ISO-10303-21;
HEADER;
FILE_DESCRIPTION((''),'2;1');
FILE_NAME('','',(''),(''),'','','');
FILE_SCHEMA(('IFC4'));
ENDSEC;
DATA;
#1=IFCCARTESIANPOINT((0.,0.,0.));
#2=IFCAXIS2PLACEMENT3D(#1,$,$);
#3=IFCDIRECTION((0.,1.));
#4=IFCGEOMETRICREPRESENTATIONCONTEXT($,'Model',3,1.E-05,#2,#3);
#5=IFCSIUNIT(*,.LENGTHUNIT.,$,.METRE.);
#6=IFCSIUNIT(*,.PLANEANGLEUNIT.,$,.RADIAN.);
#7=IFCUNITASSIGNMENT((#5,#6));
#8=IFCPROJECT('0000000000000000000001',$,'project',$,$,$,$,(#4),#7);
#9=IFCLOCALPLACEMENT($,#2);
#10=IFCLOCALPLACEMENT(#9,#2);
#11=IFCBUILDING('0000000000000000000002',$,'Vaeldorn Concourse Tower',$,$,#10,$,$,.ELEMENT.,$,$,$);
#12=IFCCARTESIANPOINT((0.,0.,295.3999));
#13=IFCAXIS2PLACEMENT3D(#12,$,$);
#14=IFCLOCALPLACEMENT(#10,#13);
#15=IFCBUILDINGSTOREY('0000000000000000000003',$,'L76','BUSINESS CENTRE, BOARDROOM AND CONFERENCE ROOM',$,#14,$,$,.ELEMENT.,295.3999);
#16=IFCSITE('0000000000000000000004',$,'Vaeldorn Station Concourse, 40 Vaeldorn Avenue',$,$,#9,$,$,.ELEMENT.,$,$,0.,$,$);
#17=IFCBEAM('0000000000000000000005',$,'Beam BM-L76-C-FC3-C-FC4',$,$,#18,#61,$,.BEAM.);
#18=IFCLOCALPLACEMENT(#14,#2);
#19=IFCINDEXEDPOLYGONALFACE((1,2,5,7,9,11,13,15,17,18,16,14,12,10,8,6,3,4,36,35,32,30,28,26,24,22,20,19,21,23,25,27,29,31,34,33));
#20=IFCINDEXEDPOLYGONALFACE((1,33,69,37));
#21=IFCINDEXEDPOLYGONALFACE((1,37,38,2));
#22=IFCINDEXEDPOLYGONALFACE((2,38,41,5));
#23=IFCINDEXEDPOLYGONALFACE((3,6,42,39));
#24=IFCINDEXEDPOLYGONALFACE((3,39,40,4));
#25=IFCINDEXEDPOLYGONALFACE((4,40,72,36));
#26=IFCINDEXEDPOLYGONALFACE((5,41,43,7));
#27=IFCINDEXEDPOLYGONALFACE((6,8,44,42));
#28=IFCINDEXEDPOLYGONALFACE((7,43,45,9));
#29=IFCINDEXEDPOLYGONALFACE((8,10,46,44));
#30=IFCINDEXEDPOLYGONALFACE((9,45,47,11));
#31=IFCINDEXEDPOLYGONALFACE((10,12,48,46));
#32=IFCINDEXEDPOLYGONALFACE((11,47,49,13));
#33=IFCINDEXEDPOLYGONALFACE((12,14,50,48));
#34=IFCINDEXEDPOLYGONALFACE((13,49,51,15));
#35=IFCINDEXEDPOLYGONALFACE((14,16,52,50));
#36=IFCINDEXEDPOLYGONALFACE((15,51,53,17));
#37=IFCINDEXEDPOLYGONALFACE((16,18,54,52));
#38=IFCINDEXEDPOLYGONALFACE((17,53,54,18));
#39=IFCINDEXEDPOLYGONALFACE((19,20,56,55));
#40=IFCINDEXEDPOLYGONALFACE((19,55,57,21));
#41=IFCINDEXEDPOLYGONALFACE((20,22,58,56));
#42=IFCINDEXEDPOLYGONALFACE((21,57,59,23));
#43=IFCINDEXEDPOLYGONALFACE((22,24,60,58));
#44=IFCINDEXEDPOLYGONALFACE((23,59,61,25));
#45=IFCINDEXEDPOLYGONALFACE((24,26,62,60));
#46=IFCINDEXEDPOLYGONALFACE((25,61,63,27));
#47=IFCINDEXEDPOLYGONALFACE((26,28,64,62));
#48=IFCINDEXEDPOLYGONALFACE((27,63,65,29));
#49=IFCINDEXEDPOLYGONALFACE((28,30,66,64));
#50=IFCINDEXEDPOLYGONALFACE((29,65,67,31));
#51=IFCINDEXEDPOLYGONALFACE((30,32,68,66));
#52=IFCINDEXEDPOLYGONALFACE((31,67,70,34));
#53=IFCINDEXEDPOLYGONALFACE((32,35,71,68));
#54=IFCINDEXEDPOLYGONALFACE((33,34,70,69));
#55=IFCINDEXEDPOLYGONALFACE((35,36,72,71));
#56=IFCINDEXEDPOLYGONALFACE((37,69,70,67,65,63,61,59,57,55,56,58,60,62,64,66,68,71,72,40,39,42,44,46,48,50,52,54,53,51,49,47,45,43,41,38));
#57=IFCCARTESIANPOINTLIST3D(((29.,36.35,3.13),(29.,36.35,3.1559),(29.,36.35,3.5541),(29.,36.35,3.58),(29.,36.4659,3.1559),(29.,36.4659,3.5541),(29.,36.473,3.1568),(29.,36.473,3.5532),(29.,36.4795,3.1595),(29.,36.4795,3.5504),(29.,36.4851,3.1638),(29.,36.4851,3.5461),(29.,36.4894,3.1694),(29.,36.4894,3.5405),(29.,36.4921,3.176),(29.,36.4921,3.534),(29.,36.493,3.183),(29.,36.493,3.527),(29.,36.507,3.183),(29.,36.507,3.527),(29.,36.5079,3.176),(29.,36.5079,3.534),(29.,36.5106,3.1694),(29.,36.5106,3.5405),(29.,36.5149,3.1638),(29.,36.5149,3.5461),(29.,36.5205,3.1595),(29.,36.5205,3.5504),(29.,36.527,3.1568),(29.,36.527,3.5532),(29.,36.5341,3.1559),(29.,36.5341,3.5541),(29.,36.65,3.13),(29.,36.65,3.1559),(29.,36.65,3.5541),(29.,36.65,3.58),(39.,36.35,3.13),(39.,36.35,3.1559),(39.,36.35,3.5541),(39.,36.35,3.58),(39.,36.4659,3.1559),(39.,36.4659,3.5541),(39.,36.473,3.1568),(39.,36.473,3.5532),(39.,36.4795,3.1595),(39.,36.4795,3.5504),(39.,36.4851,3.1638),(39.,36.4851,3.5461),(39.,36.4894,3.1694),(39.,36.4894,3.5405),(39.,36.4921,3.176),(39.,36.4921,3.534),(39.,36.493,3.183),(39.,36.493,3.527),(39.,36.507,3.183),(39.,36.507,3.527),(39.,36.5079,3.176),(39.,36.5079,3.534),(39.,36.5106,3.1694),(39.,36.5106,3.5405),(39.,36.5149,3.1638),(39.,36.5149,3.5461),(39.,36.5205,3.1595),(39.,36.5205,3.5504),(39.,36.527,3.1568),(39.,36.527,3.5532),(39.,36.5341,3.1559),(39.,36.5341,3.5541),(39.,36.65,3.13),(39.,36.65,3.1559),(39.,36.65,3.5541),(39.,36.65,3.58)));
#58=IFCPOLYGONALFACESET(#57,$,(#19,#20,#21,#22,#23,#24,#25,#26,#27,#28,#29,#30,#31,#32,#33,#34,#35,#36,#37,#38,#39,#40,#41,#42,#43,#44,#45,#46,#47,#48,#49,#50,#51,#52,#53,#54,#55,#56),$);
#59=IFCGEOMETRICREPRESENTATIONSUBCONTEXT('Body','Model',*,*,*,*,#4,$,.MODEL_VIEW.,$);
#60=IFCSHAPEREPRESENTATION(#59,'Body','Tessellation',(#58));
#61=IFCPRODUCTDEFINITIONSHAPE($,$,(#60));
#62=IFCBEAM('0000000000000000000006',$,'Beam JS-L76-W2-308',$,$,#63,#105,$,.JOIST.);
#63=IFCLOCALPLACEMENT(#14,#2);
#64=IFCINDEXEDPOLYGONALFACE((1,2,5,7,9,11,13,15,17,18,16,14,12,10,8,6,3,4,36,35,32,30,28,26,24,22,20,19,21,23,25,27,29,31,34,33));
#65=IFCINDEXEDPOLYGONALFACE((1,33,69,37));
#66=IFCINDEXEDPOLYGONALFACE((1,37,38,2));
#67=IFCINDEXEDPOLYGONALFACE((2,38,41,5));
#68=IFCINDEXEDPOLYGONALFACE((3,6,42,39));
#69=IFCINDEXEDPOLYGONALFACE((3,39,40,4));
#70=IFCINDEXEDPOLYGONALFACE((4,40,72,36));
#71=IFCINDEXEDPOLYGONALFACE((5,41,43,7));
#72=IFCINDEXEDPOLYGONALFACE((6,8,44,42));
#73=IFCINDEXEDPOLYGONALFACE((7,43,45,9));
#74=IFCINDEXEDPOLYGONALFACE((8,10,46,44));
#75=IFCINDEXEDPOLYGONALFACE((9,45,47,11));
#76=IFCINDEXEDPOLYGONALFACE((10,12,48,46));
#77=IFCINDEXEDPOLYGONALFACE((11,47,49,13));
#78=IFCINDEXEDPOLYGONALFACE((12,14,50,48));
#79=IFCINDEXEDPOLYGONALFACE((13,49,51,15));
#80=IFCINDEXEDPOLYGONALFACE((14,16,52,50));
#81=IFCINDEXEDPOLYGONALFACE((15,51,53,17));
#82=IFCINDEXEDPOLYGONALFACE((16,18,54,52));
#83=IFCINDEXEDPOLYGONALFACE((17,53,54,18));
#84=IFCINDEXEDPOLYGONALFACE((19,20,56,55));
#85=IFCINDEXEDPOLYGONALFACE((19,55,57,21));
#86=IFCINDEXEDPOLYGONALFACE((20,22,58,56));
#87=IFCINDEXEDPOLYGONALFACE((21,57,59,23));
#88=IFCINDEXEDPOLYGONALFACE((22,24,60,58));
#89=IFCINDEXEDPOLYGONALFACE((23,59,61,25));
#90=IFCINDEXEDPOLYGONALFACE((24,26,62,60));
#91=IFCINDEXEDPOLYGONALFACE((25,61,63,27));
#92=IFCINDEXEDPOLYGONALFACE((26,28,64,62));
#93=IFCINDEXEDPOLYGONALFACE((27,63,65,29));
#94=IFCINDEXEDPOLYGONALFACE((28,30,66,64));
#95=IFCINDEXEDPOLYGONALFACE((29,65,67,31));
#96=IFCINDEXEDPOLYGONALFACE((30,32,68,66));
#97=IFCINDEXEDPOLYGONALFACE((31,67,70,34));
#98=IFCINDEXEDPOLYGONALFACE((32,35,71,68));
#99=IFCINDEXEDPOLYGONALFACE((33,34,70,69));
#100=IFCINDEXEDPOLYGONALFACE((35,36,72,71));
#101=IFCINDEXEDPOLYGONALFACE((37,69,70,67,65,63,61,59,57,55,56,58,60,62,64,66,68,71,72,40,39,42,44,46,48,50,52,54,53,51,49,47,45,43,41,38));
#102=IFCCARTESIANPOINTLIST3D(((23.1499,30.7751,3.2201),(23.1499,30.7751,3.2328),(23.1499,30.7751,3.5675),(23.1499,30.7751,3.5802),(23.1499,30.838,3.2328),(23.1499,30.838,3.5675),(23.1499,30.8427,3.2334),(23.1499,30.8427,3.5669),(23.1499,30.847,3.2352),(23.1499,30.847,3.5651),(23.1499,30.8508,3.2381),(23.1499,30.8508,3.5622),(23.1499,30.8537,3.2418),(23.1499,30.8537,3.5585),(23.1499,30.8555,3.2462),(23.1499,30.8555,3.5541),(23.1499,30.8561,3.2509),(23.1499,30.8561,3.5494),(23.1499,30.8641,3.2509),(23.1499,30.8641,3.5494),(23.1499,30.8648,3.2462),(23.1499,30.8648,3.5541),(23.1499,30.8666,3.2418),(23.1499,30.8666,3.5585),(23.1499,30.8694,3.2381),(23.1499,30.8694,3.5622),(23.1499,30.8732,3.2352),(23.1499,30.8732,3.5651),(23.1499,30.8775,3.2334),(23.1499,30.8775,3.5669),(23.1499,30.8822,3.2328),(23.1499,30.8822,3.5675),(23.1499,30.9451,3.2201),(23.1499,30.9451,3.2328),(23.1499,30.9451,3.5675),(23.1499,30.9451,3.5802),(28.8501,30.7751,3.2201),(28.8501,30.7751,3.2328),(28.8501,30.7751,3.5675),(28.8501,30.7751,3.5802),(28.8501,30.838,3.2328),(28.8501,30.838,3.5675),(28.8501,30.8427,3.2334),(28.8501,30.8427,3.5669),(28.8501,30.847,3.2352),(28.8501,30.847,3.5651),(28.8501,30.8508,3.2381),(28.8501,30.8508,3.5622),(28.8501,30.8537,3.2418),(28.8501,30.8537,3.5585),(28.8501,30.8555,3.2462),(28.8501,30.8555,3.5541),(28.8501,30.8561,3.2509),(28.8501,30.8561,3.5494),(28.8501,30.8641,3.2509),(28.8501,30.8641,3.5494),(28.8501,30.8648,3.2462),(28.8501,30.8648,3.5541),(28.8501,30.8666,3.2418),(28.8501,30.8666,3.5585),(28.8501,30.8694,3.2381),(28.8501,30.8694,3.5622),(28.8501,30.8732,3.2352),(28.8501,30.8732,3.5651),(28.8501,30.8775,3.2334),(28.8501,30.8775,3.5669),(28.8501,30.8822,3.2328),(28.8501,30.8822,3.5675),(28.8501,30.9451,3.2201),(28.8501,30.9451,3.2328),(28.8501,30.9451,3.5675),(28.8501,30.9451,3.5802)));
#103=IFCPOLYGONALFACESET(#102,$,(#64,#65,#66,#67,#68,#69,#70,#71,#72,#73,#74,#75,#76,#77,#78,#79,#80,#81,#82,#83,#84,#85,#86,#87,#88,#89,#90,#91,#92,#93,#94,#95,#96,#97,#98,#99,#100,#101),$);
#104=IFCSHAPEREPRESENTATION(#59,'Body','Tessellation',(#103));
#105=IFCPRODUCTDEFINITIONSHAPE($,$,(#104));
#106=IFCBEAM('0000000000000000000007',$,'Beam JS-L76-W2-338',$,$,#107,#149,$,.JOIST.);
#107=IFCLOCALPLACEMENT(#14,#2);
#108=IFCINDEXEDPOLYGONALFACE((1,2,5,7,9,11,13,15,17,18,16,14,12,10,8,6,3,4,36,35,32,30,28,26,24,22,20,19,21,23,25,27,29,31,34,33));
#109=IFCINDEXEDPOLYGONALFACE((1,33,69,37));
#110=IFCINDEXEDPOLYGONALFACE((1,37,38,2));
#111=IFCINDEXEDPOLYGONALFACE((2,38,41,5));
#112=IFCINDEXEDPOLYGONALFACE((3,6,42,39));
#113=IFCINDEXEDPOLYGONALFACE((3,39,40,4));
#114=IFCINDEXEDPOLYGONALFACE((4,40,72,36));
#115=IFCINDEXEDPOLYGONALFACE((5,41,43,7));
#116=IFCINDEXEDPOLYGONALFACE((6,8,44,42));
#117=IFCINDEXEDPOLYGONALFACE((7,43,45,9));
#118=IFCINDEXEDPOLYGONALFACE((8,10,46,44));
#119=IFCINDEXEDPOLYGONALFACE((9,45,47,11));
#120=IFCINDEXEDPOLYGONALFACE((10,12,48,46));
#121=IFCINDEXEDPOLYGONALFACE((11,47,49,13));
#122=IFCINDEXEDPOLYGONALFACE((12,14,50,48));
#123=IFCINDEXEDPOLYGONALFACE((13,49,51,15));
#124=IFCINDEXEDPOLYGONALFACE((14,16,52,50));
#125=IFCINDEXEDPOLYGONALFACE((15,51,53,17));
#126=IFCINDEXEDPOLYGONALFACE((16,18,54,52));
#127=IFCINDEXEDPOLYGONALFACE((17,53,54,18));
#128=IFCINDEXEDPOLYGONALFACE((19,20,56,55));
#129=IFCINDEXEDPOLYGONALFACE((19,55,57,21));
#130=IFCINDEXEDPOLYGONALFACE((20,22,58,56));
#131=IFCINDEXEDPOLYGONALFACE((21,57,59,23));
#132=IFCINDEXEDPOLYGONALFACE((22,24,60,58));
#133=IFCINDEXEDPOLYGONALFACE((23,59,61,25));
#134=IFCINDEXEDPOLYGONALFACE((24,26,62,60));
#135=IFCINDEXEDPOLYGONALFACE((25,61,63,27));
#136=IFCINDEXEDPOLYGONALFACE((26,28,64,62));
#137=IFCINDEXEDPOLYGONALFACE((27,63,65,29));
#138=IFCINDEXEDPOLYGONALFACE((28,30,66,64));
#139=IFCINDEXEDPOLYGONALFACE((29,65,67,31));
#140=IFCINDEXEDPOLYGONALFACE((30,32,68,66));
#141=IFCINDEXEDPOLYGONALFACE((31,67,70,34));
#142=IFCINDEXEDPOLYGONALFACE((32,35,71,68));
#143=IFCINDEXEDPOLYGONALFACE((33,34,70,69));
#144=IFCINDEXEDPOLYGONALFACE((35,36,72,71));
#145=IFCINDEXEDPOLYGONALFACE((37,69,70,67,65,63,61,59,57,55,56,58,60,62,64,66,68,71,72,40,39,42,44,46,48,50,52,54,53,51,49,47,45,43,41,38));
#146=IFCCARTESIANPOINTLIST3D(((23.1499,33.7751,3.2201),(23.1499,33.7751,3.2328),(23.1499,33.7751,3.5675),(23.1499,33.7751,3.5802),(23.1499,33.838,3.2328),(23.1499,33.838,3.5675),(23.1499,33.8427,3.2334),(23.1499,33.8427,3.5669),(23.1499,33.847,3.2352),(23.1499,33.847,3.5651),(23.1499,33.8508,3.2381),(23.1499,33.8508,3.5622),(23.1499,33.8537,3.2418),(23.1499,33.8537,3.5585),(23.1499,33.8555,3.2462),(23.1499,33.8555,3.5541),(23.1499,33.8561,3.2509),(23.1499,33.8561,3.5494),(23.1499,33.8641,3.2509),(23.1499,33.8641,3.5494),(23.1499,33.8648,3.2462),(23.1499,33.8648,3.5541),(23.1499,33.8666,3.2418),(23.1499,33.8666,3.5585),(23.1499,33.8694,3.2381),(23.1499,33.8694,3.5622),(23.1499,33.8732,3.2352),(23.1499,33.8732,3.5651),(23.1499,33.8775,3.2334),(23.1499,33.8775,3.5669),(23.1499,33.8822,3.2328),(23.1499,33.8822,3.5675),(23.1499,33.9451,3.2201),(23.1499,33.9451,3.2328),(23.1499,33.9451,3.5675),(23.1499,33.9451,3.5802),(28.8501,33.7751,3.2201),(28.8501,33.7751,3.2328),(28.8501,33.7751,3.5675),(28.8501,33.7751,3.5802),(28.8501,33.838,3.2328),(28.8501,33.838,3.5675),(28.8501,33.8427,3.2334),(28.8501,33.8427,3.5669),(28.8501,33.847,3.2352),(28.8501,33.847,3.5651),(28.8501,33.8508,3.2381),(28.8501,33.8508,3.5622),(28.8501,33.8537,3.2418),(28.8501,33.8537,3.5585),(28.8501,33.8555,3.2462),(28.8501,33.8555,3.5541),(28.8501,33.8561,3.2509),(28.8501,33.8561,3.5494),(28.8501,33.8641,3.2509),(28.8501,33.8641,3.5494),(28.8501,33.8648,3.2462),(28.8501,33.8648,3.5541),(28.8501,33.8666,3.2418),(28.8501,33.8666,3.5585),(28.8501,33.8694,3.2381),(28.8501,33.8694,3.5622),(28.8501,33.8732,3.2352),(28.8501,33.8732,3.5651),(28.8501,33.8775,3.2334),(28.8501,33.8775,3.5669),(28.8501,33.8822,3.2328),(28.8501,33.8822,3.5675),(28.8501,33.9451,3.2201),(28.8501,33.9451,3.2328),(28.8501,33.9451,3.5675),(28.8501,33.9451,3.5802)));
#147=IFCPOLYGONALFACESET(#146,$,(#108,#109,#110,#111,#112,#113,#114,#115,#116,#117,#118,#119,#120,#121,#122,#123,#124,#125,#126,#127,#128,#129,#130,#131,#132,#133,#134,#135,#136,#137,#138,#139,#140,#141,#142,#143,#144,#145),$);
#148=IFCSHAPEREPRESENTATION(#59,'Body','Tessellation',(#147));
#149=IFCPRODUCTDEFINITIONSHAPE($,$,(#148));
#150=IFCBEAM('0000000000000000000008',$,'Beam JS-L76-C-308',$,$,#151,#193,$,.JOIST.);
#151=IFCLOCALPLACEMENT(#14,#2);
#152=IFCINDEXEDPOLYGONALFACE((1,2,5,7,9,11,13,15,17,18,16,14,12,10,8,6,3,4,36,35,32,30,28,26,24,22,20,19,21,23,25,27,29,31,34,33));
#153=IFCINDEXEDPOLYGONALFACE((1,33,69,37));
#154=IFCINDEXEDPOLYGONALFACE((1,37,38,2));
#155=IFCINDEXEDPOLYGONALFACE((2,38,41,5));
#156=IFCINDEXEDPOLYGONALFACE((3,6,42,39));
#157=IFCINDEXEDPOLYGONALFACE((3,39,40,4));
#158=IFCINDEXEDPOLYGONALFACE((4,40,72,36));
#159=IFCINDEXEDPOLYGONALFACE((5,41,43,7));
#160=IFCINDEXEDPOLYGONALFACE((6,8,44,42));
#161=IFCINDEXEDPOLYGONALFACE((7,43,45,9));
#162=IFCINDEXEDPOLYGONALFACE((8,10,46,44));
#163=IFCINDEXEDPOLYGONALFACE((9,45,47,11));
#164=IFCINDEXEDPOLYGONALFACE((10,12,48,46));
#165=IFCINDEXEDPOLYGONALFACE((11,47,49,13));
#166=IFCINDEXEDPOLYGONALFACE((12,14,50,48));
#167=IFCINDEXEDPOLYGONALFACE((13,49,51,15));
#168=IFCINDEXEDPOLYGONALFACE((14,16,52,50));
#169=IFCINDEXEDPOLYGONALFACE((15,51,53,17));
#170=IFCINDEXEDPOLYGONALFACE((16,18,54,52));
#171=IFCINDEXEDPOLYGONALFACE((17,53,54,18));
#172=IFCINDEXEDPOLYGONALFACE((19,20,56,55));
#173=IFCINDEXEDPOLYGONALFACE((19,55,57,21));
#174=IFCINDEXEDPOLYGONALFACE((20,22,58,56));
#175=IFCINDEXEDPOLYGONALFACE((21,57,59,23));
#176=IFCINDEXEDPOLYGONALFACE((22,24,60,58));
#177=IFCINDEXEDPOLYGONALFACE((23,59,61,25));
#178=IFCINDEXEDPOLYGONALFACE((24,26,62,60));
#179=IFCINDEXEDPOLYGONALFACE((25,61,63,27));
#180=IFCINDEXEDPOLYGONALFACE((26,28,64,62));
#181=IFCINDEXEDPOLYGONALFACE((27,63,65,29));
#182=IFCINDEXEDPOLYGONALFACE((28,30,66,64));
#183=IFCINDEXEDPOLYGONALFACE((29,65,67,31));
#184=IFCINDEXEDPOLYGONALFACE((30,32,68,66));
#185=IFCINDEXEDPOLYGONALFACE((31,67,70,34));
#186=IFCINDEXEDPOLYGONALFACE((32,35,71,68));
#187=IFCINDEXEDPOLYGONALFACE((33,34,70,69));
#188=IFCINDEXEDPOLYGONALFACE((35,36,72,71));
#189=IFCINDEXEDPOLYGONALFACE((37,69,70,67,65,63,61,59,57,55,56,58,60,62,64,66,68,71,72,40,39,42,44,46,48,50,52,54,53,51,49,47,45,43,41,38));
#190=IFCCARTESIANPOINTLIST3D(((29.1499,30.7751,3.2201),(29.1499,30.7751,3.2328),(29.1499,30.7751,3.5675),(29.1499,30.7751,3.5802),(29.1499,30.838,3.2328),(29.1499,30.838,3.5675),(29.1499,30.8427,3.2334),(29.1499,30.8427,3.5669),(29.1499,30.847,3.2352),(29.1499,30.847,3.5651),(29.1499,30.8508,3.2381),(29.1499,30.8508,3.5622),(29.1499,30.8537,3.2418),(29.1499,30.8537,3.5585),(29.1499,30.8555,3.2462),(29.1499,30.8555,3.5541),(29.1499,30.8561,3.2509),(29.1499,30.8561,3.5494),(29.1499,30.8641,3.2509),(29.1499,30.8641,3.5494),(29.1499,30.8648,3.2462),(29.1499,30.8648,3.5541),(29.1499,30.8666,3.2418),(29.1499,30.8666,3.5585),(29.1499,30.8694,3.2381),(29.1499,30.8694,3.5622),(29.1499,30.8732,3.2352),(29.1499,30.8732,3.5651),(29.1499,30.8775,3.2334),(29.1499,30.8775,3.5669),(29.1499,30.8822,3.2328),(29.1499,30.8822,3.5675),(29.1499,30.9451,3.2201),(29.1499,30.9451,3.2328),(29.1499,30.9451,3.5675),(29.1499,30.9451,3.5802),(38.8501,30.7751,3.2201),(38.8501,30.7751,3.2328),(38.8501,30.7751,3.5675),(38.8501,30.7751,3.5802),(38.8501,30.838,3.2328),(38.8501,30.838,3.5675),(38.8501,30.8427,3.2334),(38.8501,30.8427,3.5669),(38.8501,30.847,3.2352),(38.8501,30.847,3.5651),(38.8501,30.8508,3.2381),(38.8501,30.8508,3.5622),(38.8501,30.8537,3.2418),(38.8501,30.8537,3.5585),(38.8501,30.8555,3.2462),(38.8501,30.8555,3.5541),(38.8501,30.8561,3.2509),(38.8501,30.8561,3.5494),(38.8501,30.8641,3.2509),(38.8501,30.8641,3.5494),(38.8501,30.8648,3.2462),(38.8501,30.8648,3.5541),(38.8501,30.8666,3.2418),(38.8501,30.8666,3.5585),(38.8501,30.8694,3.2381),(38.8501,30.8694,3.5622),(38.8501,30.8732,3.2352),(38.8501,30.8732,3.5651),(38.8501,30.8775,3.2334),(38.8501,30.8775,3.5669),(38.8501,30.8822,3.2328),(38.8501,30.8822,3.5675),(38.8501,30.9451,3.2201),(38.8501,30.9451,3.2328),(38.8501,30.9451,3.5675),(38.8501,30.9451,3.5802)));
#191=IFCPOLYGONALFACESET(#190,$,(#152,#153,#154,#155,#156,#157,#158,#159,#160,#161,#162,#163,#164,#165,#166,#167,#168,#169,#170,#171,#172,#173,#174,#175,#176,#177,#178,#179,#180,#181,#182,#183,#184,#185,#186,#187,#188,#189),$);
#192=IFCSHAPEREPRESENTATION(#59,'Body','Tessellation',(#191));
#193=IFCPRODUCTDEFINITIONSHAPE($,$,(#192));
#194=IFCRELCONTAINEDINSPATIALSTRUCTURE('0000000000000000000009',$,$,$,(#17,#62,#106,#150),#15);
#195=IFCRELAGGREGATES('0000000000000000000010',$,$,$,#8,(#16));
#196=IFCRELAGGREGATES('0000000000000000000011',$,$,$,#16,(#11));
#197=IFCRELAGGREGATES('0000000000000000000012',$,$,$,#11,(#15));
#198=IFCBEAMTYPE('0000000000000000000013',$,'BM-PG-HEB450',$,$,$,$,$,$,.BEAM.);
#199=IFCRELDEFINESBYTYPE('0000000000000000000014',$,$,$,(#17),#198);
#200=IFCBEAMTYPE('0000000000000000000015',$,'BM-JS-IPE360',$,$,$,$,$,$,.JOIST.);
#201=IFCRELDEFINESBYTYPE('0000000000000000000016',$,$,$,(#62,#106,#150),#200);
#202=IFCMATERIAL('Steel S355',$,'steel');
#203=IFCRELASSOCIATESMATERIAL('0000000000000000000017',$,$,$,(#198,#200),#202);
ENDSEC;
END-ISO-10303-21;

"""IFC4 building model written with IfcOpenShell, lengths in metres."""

from ifc_helpers import new_model, si_unit, direction, frame, origin, origin_2d, place, context, subcontext, project, spatial, i_section, extrude, source, transform, mapped, material, material_profile, profile_set, type_object, element, save


model = new_model("IFC4")

# Units and contexts
model_context = context("Model", 3, precision=1e-05, world=origin(), true_north=direction((0.0, 1.0)))
body_context = subcontext(model_context, "Body", "Model", "MODEL_VIEW")
ifc_project = project(units=[si_unit("LENGTHUNIT", "METRE"), si_unit("PLANEANGLEUNIT", "RADIAN")], contexts=[model_context])

# Site, building, storey
site_placement = place(None, origin())
site = spatial("IfcSite", under=ifc_project, at=site_placement, Name="Vaeldorn Station Concourse, 40 Vaeldorn Avenue", CompositionType="ELEMENT", RefElevation=0.0)
building_placement = place(site_placement, origin())
building = spatial("IfcBuilding", under=site, at=building_placement, Name="Vaeldorn Concourse Tower", CompositionType="ELEMENT")
storey_placement = place(building_placement, frame((0.0, 0.0, 295.3999)))
storey = spatial("IfcBuildingStorey", under=building, at=storey_placement, Name="L76", Description="BUSINESS CENTRE, BOARDROOM AND CONFERENCE ROOM", CompositionType="ELEMENT", Elevation=295.3999)

# Shared definitions
ifc_material_1 = material(Name="Steel S355", Category="steel")

# Beams
ifc_material_profile_1 = material_profile(ifc_material_1, i_section(OverallWidth=0.3, OverallDepth=0.45, WebThickness=0.0139, FlangeThickness=0.0259, FilletRadius=0.0271, at=origin_2d()), Name="HEB 450")
ifc_profile_set_1 = profile_set([ifc_material_profile_1], Name="Steel S355")
beam_type_1 = type_object("IfcBeamType", Name="BM-PG-HEB450", PredefinedType="BEAM", material=ifc_profile_set_1)
shared_shape_1 = source(origin(), body_context, "Body", "SweptSolid", [
    extrude(i_section(OverallWidth=0.3, OverallDepth=0.45, WebThickness=0.0139, FlangeThickness=0.0259, FilletRadius=0.0271, at=origin_2d()), origin(), (0.0, 0.0, 1.0), 10.0),
])
beam_1_placement = place(storey_placement, frame((29.0, 36.5, 3.355), z_axis=(1.0, 0.0, 0.0), x_axis=(0.0, 1.0, 0.0)))
element("IfcBeam", 1, at=beam_1_placement, inside=storey, type_object=beam_type_1, Name="Beam BM-L76-C-FC3-C-FC4", PredefinedType="BEAM", context=body_context, shape_type="MappedRepresentation", body=[
    mapped(shared_shape_1, transform((0.0, 0.0, 0.0), scale=1.0)),
])
ifc_material_profile_2 = material_profile(ifc_material_1, i_section(OverallWidth=0.1699, OverallDepth=0.3601, WebThickness=0.0081, FlangeThickness=0.0127, FilletRadius=0.0181, at=origin_2d()), Name="IPE 360")
ifc_profile_set_2 = profile_set([ifc_material_profile_2], Name="Steel S355")
beam_type_2 = type_object("IfcBeamType", Name="BM-JS-IPE360", PredefinedType="JOIST", material=ifc_profile_set_2)
shared_shape_2 = source(origin(), body_context, "Body", "SweptSolid", [
    extrude(i_section(OverallWidth=0.1699, OverallDepth=0.3601, WebThickness=0.0081, FlangeThickness=0.0127, FilletRadius=0.0181, at=origin_2d()), origin(), (0.0, 0.0, 1.0), 5.7002),
])
for number, where, z_axis, x_axis, name in (
    (2, (23.1499, 30.8601, 3.4001), (1.0, 0.0, 0.0), (0.0, 1.0, 0.0), "Beam JS-L76-W2-308"),
    (3, (23.1499, 33.8601, 3.4001), (1.0, 0.0, 0.0), (0.0, 1.0, 0.0), "Beam JS-L76-W2-338"),
):
    element("IfcBeam", number, at=place(storey_placement, frame(where, z_axis=z_axis, x_axis=x_axis)), inside=storey, type_object=beam_type_2, Name=name, PredefinedType="JOIST", context=body_context, shape_type="MappedRepresentation", body=[
        mapped(shared_shape_2, transform((0.0, 0.0, 0.0), scale=1.0)),
    ])
shared_shape_3 = source(origin(), body_context, "Body", "SweptSolid", [
    extrude(i_section(OverallWidth=0.1699, OverallDepth=0.3601, WebThickness=0.0081, FlangeThickness=0.0127, FilletRadius=0.0181, at=origin_2d()), origin(), (0.0, 0.0, 1.0), 9.7002),
])
beam_2_placement = place(storey_placement, frame((29.1499, 30.8601, 3.4001), z_axis=(1.0, 0.0, 0.0), x_axis=(0.0, 1.0, 0.0)))
element("IfcBeam", 4, at=beam_2_placement, inside=storey, type_object=beam_type_2, Name="Beam JS-L76-C-308", PredefinedType="JOIST", context=body_context, shape_type="MappedRepresentation", body=[
    mapped(shared_shape_3, transform((0.0, 0.0, 0.0), scale=1.0)),
])

save(model, "model.ifc")
